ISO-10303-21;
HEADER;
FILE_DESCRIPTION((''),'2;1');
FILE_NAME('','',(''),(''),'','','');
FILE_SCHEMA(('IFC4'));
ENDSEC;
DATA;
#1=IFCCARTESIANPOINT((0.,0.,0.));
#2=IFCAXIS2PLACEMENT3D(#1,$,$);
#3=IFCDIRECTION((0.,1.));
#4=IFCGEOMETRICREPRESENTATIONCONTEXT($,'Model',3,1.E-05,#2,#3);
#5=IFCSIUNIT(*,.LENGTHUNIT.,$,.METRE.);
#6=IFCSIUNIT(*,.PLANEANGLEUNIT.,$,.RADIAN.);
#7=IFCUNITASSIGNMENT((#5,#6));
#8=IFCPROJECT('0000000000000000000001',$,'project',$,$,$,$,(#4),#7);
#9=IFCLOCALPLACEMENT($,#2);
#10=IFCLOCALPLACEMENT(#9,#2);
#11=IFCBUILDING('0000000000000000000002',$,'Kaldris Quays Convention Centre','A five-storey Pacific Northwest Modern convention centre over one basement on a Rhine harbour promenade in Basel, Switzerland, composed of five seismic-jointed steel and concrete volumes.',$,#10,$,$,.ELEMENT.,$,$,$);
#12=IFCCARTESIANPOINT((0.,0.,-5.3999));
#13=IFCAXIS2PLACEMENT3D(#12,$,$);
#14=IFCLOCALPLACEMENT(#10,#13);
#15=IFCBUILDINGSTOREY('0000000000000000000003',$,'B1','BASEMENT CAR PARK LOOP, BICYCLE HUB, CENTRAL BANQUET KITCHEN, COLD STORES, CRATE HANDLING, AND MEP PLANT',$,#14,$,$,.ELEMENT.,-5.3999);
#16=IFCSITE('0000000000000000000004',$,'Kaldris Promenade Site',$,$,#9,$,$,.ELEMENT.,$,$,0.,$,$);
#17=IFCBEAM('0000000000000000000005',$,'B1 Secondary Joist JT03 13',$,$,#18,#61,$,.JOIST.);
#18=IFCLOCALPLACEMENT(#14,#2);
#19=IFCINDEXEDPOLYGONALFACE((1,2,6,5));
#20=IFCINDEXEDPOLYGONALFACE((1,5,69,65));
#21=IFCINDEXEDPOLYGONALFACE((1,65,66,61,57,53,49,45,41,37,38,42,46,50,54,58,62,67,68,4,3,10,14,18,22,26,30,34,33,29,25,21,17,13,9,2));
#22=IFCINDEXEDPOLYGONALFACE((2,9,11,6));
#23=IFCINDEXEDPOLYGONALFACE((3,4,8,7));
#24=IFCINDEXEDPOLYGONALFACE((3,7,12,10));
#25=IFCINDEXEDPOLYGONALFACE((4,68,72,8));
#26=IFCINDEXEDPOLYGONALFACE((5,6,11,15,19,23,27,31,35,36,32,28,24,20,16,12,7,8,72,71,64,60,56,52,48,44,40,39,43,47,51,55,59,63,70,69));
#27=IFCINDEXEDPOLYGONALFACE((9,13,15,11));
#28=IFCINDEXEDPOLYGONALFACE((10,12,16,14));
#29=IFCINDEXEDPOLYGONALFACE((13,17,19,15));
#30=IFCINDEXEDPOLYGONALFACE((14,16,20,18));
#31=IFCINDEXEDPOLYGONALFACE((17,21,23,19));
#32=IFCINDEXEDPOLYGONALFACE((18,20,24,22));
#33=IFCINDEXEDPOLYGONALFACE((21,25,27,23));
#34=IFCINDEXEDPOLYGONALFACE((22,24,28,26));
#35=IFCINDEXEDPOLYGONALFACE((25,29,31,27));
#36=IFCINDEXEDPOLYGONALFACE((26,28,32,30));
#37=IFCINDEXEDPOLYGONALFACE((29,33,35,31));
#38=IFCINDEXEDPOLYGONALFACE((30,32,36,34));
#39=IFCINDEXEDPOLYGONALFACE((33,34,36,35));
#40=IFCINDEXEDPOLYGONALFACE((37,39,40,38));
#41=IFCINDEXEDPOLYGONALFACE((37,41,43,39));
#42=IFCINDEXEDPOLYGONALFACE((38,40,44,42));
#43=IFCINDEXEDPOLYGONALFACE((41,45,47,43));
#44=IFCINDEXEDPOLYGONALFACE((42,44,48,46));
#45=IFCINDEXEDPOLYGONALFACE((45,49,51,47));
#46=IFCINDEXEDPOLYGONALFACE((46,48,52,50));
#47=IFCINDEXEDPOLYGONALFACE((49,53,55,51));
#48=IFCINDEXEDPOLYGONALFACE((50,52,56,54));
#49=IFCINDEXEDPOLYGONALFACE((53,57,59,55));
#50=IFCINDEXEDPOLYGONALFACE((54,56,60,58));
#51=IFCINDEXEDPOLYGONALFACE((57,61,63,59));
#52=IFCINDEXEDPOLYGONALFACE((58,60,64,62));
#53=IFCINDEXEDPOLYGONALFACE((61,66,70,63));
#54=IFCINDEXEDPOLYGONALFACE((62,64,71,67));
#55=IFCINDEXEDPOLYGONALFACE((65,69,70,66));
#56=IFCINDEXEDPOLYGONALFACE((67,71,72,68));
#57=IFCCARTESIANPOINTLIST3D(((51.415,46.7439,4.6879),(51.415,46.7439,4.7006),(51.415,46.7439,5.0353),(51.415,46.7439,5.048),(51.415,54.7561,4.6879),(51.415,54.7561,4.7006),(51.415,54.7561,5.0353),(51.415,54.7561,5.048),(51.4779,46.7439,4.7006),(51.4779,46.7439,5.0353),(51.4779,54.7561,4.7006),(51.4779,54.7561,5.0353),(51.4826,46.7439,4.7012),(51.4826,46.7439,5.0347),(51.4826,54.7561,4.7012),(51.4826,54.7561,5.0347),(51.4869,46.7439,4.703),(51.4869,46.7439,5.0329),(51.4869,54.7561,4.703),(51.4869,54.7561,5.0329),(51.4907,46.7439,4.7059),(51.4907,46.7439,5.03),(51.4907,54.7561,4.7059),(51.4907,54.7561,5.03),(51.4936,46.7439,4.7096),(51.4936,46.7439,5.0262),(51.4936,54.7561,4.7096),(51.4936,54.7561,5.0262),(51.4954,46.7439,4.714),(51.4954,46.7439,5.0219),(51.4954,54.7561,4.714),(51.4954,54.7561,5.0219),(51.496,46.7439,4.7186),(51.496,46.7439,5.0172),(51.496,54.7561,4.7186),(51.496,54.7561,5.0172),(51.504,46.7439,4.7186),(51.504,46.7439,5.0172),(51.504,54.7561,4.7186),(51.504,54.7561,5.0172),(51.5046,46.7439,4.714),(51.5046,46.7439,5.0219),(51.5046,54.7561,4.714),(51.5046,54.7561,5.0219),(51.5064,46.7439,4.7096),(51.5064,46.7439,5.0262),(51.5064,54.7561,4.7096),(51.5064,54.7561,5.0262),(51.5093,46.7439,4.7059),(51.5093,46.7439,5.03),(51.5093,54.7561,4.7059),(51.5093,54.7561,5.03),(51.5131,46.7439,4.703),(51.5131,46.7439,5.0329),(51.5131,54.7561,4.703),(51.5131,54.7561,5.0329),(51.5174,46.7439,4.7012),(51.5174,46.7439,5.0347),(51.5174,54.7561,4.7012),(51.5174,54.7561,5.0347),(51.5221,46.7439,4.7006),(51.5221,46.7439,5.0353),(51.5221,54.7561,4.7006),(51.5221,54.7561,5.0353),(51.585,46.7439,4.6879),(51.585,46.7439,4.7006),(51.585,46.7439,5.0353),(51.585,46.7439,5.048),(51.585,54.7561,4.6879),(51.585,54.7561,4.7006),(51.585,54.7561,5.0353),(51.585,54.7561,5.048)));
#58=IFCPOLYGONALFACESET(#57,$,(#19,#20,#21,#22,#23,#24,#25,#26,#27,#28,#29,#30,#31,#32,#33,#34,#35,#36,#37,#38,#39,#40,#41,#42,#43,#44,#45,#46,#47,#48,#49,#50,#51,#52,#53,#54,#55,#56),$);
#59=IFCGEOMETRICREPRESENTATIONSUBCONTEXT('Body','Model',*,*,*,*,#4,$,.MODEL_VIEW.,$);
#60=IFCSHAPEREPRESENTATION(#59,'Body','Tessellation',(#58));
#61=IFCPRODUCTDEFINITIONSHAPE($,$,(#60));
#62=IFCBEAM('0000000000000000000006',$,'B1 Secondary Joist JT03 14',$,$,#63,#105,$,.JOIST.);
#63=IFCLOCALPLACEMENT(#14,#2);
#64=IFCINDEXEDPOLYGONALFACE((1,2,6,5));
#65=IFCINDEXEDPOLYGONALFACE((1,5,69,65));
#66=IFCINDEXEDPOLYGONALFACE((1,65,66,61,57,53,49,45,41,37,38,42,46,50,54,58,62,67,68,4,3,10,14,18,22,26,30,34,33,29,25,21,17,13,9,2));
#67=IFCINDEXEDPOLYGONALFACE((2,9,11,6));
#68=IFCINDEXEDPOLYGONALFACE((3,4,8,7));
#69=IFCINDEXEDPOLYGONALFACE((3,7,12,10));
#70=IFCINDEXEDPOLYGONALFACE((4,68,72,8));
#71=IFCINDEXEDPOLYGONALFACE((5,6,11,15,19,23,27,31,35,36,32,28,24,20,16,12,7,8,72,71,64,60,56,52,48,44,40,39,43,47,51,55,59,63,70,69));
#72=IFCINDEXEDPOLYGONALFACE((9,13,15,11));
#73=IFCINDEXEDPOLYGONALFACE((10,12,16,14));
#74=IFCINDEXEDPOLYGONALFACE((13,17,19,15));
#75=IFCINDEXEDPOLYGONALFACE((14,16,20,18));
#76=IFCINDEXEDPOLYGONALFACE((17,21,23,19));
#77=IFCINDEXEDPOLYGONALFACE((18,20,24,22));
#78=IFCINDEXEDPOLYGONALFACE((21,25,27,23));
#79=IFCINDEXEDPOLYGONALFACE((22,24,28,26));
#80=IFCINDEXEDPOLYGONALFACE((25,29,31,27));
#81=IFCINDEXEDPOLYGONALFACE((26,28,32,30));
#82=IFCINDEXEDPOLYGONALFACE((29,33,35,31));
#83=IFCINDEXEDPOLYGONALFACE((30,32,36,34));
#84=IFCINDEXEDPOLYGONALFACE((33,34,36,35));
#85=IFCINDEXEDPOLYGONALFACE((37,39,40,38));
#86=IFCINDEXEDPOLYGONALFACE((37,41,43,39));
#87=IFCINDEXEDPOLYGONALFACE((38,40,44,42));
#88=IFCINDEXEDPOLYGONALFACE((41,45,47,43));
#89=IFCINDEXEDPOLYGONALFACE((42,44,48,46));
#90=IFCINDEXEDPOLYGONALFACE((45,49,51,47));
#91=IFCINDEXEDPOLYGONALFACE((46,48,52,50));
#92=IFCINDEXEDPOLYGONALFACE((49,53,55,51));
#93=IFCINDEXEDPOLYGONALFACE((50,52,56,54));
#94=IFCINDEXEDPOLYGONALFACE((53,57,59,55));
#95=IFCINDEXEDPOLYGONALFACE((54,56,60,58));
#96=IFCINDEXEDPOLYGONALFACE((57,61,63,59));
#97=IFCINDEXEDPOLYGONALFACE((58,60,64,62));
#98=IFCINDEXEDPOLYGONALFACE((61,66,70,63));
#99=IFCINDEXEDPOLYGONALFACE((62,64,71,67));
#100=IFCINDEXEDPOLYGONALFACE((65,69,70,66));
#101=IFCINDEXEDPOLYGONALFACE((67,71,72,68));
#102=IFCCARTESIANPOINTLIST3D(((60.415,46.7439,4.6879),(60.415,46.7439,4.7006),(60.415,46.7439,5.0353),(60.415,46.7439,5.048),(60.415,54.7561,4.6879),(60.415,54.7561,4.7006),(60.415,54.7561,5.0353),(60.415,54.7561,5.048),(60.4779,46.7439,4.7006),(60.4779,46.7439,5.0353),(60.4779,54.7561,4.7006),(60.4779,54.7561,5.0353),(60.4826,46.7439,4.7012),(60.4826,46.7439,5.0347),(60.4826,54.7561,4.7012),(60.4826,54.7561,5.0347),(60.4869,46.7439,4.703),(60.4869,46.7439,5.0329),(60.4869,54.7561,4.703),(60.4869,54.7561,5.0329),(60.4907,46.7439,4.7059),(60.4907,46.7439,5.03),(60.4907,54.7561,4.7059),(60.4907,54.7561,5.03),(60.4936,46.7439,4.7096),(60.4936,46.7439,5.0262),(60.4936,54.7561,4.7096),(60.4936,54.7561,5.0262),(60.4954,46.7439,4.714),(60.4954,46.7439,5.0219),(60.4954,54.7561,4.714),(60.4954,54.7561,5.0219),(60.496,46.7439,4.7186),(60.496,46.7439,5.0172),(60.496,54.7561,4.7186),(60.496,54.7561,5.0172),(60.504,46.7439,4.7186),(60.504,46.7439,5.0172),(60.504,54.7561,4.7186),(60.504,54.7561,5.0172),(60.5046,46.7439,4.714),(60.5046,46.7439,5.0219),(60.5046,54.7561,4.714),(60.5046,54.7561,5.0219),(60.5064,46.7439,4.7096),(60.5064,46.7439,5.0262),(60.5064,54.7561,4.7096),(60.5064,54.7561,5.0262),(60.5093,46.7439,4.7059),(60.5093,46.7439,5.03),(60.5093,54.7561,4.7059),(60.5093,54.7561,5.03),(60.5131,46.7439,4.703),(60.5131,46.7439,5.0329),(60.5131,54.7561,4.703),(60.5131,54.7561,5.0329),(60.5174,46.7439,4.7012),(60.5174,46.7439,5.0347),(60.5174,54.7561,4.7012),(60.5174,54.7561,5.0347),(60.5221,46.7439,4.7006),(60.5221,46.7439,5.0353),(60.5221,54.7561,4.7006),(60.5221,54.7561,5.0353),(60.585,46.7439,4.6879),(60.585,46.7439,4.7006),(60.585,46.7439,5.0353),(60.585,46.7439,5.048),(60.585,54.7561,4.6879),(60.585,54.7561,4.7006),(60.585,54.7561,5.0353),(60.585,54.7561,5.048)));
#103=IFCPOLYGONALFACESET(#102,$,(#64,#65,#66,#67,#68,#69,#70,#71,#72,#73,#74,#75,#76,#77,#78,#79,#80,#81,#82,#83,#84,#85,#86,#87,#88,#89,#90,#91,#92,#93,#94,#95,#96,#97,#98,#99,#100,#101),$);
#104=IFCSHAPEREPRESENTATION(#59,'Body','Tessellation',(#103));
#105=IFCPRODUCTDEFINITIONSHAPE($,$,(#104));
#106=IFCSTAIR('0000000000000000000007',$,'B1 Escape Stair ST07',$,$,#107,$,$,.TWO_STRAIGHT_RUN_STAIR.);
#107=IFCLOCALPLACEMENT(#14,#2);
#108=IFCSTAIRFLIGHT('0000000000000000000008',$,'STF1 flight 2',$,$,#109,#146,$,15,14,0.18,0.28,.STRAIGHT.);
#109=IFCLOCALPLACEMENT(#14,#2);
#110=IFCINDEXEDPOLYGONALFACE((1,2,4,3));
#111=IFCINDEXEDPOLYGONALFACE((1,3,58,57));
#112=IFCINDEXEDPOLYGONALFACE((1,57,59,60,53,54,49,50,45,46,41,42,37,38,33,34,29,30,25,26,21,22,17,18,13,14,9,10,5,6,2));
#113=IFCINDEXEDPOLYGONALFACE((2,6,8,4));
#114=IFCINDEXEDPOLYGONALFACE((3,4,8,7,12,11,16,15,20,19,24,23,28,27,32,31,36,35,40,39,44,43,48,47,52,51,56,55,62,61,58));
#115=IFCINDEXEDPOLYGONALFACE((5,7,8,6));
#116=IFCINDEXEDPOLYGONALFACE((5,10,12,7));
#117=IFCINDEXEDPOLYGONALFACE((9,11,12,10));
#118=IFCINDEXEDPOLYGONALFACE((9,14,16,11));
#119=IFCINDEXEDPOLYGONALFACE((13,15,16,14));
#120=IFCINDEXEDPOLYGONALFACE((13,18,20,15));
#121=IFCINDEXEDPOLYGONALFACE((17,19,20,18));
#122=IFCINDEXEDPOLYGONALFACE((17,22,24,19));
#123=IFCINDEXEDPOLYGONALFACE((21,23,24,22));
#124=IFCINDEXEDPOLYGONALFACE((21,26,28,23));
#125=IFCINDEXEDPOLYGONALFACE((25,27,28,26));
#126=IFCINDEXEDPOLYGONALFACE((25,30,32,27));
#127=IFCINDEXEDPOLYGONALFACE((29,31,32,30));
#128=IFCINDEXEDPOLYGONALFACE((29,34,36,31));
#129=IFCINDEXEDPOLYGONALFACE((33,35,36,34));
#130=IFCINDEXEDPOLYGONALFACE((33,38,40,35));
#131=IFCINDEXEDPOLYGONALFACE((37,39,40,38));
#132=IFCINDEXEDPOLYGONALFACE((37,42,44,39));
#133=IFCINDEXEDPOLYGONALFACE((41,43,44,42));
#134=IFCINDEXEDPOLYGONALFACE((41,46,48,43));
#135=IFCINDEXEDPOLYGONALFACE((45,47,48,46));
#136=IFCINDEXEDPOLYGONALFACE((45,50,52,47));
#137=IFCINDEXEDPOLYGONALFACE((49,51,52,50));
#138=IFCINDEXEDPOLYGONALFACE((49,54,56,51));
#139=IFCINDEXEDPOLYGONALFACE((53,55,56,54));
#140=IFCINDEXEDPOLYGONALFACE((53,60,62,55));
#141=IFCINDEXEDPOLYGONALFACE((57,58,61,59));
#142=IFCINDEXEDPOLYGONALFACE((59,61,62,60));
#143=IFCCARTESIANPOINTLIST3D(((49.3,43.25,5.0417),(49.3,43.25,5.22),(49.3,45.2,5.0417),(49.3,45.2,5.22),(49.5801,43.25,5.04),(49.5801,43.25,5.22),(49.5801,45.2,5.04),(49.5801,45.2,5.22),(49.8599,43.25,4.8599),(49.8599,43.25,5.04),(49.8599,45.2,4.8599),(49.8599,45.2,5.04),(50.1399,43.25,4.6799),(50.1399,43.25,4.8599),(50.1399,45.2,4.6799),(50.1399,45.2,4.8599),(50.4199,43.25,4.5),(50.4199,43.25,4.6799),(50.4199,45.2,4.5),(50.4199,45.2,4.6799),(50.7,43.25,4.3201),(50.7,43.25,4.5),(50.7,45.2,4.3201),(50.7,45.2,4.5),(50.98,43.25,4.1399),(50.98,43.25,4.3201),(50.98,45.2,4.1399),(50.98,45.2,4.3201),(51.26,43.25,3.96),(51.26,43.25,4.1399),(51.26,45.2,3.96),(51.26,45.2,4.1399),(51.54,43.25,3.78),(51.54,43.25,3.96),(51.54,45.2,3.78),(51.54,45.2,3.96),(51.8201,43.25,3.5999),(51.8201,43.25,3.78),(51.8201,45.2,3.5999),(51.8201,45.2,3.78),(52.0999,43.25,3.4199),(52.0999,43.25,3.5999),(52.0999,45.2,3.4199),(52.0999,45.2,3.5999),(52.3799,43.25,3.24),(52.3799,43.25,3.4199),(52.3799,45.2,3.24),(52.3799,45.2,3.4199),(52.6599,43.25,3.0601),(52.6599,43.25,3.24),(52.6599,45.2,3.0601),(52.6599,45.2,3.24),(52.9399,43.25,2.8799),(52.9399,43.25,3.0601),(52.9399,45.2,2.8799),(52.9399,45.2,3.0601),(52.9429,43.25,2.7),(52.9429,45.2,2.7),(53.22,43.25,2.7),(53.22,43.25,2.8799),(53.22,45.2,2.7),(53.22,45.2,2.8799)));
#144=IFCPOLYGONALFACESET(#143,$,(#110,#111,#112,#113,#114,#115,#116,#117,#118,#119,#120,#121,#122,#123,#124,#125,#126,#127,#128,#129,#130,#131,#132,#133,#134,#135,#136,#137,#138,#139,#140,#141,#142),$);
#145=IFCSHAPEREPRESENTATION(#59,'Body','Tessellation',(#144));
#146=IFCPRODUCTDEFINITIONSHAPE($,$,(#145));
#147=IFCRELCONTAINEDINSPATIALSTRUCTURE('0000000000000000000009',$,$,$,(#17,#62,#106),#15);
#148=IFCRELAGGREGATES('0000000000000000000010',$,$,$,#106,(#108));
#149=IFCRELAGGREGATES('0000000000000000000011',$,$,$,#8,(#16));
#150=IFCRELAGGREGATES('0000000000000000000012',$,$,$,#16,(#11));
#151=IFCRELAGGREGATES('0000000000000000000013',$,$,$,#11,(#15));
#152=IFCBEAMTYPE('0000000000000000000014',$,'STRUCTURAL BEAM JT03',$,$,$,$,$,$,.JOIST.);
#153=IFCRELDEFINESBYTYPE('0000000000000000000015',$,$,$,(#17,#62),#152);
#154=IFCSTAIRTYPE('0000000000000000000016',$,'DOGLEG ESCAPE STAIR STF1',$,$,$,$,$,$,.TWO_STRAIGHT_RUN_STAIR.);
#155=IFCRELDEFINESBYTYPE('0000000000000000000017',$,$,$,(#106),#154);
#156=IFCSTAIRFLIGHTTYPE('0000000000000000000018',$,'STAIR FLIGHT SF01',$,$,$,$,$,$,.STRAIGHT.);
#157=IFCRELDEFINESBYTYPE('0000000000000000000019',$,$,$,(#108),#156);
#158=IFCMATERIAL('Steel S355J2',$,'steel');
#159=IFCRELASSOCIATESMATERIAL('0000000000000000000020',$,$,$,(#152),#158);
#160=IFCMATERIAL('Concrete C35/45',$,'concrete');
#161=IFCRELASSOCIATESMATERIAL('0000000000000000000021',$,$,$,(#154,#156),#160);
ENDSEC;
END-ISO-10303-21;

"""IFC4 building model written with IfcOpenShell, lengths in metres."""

from ifc_helpers import new_model, si_unit, direction, frame, origin, origin_2d, place, context, subcontext, project, spatial, polyline, i_section, outline, extrude, material, material_profile, profile_set, type_object, element, aggregate, save


model = new_model("IFC4")

# Units and contexts
model_context = context("Model", 3, precision=1e-05, world=origin(), true_north=direction((0.0, 1.0)))
body_context = subcontext(model_context, "Body", "Model", "MODEL_VIEW")
ifc_project = project(units=[si_unit("LENGTHUNIT", "METRE"), si_unit("PLANEANGLEUNIT", "RADIAN")], contexts=[model_context])

# Site, building, storey
site_placement = place(None, origin())
site = spatial("IfcSite", under=ifc_project, at=site_placement, Name="Kaldris Promenade Site", CompositionType="ELEMENT", RefElevation=0.0)
building_placement = place(site_placement, origin())
building = spatial("IfcBuilding", under=site, at=building_placement, Name="Kaldris Quays Convention Centre", Description="A five-storey Pacific Northwest Modern convention centre over one basement on a Rhine harbour promenade in Basel, Switzerland, composed of five seismic-jointed steel and concrete volumes.", CompositionType="ELEMENT")
storey_placement = place(building_placement, frame((0.0, 0.0, -5.3999)))
storey = spatial("IfcBuildingStorey", under=building, at=storey_placement, Name="B1", Description="BASEMENT CAR PARK LOOP, BICYCLE HUB, CENTRAL BANQUET KITCHEN, COLD STORES, CRATE HANDLING, AND MEP PLANT", CompositionType="ELEMENT", Elevation=-5.3999)

# Shared definitions
ifc_material_1 = material(Name="Concrete C35/45", Category="concrete")

# Shared definitions
ifc_material_2 = material(Name="Steel S355J2", Category="steel")

# Beams
ifc_material_profile_1 = material_profile(ifc_material_2, i_section(OverallWidth=0.1699, OverallDepth=0.3601, WebThickness=0.0081, FlangeThickness=0.0127, FilletRadius=0.0181, at=origin_2d()), Name="IPE 360")
ifc_profile_set_1 = profile_set([ifc_material_profile_1], Name="Steel S355J2")
beam_type_1 = type_object("IfcBeamType", Name="STRUCTURAL BEAM JT03", PredefinedType="JOIST", material=ifc_profile_set_1)
for number, where, z_axis, x_axis, name in (
    (1, (51.5, 46.7439, 4.8679), (0.0, 1.0, 0.0), (-1.0, 0.0, 0.0), "B1 Secondary Joist JT03 13"),
    (2, (60.5, 46.7439, 4.8679), (0.0, 1.0, 0.0), (-1.0, 0.0, 0.0), "B1 Secondary Joist JT03 14"),
):
    element("IfcBeam", number, at=place(storey_placement, frame(where, z_axis=z_axis, x_axis=x_axis)), inside=storey, type_object=beam_type_1, Name=name, PredefinedType="JOIST", context=body_context, shape_type="SweptSolid", body=[
        extrude(i_section(OverallWidth=0.1699, OverallDepth=0.3601, WebThickness=0.0081, FlangeThickness=0.0127, FilletRadius=0.0181, at=origin_2d()), origin(), (0.0, 0.0, 1.0), 8.0122),
    ])

# Stair, stair flight
stair_type = type_object("IfcStairType", Name="DOGLEG ESCAPE STAIR STF1", PredefinedType="TWO_STRAIGHT_RUN_STAIR", material=ifc_material_1)
stair_placement = place(storey_placement, origin())
stair = element("IfcStair", 3, at=stair_placement, inside=storey, type_object=stair_type, Name="B1 Escape Stair ST07", PredefinedType="TWO_STRAIGHT_RUN_STAIR")
stair_flight_type = type_object("IfcStairFlightType", Name="STAIR FLIGHT SF01", PredefinedType="STRAIGHT", material=ifc_material_1)
stair_flight_placement = place(storey_placement, frame((53.22, 44.2251, 2.7), z_axis=(0.0, 0.0, 1.0), x_axis=(-1.0, 0.0, 0.0)))
stair_flight = element("IfcStairFlight", 4, at=stair_flight_placement, type_object=stair_flight_type, Name="STF1 flight 2", NumberOfRisers=15, NumberOfTreads=14, PredefinedType="STRAIGHT", RiserHeight=0.18, TreadLength=0.28, context=body_context, shape_type="SweptSolid", body=[
    extrude(outline(polyline([(0.0, 0.0), (0.0, 0.1799), (0.28, 0.1799), (0.28, 0.3601), (0.5601, 0.3601), (0.5601, 0.54), (0.8401, 0.54), (0.8401, 0.72), (1.1201, 0.72), (1.1201, 0.8999), (1.3999, 0.8999), (1.3999, 1.0801), (1.6799, 1.0801), (1.6799, 1.26), (1.96, 1.26), (1.96, 1.4399), (2.24, 1.4399), (2.24, 1.6201), (2.52, 1.6201), (2.52, 1.8), (2.8, 1.8), (2.8, 1.98), (3.0801, 1.98), (3.0801, 2.1599), (3.3601, 2.1599), (3.3601, 2.3401), (3.6399, 2.3401), (3.6399, 2.52), (3.9199, 2.52), (3.9199, 2.7), (3.9199, 2.3418), (0.2771, 0.0), (0.0, 0.0)])), frame((0.0, 0.9751, 0.0), z_axis=(0.0, -1.0, 0.0), x_axis=(1.0, 0.0, 0.0)), (0.0, 0.0, 1.0), 1.95),
])
aggregate(stair, [stair_flight])

save(model, "model.ifc")
